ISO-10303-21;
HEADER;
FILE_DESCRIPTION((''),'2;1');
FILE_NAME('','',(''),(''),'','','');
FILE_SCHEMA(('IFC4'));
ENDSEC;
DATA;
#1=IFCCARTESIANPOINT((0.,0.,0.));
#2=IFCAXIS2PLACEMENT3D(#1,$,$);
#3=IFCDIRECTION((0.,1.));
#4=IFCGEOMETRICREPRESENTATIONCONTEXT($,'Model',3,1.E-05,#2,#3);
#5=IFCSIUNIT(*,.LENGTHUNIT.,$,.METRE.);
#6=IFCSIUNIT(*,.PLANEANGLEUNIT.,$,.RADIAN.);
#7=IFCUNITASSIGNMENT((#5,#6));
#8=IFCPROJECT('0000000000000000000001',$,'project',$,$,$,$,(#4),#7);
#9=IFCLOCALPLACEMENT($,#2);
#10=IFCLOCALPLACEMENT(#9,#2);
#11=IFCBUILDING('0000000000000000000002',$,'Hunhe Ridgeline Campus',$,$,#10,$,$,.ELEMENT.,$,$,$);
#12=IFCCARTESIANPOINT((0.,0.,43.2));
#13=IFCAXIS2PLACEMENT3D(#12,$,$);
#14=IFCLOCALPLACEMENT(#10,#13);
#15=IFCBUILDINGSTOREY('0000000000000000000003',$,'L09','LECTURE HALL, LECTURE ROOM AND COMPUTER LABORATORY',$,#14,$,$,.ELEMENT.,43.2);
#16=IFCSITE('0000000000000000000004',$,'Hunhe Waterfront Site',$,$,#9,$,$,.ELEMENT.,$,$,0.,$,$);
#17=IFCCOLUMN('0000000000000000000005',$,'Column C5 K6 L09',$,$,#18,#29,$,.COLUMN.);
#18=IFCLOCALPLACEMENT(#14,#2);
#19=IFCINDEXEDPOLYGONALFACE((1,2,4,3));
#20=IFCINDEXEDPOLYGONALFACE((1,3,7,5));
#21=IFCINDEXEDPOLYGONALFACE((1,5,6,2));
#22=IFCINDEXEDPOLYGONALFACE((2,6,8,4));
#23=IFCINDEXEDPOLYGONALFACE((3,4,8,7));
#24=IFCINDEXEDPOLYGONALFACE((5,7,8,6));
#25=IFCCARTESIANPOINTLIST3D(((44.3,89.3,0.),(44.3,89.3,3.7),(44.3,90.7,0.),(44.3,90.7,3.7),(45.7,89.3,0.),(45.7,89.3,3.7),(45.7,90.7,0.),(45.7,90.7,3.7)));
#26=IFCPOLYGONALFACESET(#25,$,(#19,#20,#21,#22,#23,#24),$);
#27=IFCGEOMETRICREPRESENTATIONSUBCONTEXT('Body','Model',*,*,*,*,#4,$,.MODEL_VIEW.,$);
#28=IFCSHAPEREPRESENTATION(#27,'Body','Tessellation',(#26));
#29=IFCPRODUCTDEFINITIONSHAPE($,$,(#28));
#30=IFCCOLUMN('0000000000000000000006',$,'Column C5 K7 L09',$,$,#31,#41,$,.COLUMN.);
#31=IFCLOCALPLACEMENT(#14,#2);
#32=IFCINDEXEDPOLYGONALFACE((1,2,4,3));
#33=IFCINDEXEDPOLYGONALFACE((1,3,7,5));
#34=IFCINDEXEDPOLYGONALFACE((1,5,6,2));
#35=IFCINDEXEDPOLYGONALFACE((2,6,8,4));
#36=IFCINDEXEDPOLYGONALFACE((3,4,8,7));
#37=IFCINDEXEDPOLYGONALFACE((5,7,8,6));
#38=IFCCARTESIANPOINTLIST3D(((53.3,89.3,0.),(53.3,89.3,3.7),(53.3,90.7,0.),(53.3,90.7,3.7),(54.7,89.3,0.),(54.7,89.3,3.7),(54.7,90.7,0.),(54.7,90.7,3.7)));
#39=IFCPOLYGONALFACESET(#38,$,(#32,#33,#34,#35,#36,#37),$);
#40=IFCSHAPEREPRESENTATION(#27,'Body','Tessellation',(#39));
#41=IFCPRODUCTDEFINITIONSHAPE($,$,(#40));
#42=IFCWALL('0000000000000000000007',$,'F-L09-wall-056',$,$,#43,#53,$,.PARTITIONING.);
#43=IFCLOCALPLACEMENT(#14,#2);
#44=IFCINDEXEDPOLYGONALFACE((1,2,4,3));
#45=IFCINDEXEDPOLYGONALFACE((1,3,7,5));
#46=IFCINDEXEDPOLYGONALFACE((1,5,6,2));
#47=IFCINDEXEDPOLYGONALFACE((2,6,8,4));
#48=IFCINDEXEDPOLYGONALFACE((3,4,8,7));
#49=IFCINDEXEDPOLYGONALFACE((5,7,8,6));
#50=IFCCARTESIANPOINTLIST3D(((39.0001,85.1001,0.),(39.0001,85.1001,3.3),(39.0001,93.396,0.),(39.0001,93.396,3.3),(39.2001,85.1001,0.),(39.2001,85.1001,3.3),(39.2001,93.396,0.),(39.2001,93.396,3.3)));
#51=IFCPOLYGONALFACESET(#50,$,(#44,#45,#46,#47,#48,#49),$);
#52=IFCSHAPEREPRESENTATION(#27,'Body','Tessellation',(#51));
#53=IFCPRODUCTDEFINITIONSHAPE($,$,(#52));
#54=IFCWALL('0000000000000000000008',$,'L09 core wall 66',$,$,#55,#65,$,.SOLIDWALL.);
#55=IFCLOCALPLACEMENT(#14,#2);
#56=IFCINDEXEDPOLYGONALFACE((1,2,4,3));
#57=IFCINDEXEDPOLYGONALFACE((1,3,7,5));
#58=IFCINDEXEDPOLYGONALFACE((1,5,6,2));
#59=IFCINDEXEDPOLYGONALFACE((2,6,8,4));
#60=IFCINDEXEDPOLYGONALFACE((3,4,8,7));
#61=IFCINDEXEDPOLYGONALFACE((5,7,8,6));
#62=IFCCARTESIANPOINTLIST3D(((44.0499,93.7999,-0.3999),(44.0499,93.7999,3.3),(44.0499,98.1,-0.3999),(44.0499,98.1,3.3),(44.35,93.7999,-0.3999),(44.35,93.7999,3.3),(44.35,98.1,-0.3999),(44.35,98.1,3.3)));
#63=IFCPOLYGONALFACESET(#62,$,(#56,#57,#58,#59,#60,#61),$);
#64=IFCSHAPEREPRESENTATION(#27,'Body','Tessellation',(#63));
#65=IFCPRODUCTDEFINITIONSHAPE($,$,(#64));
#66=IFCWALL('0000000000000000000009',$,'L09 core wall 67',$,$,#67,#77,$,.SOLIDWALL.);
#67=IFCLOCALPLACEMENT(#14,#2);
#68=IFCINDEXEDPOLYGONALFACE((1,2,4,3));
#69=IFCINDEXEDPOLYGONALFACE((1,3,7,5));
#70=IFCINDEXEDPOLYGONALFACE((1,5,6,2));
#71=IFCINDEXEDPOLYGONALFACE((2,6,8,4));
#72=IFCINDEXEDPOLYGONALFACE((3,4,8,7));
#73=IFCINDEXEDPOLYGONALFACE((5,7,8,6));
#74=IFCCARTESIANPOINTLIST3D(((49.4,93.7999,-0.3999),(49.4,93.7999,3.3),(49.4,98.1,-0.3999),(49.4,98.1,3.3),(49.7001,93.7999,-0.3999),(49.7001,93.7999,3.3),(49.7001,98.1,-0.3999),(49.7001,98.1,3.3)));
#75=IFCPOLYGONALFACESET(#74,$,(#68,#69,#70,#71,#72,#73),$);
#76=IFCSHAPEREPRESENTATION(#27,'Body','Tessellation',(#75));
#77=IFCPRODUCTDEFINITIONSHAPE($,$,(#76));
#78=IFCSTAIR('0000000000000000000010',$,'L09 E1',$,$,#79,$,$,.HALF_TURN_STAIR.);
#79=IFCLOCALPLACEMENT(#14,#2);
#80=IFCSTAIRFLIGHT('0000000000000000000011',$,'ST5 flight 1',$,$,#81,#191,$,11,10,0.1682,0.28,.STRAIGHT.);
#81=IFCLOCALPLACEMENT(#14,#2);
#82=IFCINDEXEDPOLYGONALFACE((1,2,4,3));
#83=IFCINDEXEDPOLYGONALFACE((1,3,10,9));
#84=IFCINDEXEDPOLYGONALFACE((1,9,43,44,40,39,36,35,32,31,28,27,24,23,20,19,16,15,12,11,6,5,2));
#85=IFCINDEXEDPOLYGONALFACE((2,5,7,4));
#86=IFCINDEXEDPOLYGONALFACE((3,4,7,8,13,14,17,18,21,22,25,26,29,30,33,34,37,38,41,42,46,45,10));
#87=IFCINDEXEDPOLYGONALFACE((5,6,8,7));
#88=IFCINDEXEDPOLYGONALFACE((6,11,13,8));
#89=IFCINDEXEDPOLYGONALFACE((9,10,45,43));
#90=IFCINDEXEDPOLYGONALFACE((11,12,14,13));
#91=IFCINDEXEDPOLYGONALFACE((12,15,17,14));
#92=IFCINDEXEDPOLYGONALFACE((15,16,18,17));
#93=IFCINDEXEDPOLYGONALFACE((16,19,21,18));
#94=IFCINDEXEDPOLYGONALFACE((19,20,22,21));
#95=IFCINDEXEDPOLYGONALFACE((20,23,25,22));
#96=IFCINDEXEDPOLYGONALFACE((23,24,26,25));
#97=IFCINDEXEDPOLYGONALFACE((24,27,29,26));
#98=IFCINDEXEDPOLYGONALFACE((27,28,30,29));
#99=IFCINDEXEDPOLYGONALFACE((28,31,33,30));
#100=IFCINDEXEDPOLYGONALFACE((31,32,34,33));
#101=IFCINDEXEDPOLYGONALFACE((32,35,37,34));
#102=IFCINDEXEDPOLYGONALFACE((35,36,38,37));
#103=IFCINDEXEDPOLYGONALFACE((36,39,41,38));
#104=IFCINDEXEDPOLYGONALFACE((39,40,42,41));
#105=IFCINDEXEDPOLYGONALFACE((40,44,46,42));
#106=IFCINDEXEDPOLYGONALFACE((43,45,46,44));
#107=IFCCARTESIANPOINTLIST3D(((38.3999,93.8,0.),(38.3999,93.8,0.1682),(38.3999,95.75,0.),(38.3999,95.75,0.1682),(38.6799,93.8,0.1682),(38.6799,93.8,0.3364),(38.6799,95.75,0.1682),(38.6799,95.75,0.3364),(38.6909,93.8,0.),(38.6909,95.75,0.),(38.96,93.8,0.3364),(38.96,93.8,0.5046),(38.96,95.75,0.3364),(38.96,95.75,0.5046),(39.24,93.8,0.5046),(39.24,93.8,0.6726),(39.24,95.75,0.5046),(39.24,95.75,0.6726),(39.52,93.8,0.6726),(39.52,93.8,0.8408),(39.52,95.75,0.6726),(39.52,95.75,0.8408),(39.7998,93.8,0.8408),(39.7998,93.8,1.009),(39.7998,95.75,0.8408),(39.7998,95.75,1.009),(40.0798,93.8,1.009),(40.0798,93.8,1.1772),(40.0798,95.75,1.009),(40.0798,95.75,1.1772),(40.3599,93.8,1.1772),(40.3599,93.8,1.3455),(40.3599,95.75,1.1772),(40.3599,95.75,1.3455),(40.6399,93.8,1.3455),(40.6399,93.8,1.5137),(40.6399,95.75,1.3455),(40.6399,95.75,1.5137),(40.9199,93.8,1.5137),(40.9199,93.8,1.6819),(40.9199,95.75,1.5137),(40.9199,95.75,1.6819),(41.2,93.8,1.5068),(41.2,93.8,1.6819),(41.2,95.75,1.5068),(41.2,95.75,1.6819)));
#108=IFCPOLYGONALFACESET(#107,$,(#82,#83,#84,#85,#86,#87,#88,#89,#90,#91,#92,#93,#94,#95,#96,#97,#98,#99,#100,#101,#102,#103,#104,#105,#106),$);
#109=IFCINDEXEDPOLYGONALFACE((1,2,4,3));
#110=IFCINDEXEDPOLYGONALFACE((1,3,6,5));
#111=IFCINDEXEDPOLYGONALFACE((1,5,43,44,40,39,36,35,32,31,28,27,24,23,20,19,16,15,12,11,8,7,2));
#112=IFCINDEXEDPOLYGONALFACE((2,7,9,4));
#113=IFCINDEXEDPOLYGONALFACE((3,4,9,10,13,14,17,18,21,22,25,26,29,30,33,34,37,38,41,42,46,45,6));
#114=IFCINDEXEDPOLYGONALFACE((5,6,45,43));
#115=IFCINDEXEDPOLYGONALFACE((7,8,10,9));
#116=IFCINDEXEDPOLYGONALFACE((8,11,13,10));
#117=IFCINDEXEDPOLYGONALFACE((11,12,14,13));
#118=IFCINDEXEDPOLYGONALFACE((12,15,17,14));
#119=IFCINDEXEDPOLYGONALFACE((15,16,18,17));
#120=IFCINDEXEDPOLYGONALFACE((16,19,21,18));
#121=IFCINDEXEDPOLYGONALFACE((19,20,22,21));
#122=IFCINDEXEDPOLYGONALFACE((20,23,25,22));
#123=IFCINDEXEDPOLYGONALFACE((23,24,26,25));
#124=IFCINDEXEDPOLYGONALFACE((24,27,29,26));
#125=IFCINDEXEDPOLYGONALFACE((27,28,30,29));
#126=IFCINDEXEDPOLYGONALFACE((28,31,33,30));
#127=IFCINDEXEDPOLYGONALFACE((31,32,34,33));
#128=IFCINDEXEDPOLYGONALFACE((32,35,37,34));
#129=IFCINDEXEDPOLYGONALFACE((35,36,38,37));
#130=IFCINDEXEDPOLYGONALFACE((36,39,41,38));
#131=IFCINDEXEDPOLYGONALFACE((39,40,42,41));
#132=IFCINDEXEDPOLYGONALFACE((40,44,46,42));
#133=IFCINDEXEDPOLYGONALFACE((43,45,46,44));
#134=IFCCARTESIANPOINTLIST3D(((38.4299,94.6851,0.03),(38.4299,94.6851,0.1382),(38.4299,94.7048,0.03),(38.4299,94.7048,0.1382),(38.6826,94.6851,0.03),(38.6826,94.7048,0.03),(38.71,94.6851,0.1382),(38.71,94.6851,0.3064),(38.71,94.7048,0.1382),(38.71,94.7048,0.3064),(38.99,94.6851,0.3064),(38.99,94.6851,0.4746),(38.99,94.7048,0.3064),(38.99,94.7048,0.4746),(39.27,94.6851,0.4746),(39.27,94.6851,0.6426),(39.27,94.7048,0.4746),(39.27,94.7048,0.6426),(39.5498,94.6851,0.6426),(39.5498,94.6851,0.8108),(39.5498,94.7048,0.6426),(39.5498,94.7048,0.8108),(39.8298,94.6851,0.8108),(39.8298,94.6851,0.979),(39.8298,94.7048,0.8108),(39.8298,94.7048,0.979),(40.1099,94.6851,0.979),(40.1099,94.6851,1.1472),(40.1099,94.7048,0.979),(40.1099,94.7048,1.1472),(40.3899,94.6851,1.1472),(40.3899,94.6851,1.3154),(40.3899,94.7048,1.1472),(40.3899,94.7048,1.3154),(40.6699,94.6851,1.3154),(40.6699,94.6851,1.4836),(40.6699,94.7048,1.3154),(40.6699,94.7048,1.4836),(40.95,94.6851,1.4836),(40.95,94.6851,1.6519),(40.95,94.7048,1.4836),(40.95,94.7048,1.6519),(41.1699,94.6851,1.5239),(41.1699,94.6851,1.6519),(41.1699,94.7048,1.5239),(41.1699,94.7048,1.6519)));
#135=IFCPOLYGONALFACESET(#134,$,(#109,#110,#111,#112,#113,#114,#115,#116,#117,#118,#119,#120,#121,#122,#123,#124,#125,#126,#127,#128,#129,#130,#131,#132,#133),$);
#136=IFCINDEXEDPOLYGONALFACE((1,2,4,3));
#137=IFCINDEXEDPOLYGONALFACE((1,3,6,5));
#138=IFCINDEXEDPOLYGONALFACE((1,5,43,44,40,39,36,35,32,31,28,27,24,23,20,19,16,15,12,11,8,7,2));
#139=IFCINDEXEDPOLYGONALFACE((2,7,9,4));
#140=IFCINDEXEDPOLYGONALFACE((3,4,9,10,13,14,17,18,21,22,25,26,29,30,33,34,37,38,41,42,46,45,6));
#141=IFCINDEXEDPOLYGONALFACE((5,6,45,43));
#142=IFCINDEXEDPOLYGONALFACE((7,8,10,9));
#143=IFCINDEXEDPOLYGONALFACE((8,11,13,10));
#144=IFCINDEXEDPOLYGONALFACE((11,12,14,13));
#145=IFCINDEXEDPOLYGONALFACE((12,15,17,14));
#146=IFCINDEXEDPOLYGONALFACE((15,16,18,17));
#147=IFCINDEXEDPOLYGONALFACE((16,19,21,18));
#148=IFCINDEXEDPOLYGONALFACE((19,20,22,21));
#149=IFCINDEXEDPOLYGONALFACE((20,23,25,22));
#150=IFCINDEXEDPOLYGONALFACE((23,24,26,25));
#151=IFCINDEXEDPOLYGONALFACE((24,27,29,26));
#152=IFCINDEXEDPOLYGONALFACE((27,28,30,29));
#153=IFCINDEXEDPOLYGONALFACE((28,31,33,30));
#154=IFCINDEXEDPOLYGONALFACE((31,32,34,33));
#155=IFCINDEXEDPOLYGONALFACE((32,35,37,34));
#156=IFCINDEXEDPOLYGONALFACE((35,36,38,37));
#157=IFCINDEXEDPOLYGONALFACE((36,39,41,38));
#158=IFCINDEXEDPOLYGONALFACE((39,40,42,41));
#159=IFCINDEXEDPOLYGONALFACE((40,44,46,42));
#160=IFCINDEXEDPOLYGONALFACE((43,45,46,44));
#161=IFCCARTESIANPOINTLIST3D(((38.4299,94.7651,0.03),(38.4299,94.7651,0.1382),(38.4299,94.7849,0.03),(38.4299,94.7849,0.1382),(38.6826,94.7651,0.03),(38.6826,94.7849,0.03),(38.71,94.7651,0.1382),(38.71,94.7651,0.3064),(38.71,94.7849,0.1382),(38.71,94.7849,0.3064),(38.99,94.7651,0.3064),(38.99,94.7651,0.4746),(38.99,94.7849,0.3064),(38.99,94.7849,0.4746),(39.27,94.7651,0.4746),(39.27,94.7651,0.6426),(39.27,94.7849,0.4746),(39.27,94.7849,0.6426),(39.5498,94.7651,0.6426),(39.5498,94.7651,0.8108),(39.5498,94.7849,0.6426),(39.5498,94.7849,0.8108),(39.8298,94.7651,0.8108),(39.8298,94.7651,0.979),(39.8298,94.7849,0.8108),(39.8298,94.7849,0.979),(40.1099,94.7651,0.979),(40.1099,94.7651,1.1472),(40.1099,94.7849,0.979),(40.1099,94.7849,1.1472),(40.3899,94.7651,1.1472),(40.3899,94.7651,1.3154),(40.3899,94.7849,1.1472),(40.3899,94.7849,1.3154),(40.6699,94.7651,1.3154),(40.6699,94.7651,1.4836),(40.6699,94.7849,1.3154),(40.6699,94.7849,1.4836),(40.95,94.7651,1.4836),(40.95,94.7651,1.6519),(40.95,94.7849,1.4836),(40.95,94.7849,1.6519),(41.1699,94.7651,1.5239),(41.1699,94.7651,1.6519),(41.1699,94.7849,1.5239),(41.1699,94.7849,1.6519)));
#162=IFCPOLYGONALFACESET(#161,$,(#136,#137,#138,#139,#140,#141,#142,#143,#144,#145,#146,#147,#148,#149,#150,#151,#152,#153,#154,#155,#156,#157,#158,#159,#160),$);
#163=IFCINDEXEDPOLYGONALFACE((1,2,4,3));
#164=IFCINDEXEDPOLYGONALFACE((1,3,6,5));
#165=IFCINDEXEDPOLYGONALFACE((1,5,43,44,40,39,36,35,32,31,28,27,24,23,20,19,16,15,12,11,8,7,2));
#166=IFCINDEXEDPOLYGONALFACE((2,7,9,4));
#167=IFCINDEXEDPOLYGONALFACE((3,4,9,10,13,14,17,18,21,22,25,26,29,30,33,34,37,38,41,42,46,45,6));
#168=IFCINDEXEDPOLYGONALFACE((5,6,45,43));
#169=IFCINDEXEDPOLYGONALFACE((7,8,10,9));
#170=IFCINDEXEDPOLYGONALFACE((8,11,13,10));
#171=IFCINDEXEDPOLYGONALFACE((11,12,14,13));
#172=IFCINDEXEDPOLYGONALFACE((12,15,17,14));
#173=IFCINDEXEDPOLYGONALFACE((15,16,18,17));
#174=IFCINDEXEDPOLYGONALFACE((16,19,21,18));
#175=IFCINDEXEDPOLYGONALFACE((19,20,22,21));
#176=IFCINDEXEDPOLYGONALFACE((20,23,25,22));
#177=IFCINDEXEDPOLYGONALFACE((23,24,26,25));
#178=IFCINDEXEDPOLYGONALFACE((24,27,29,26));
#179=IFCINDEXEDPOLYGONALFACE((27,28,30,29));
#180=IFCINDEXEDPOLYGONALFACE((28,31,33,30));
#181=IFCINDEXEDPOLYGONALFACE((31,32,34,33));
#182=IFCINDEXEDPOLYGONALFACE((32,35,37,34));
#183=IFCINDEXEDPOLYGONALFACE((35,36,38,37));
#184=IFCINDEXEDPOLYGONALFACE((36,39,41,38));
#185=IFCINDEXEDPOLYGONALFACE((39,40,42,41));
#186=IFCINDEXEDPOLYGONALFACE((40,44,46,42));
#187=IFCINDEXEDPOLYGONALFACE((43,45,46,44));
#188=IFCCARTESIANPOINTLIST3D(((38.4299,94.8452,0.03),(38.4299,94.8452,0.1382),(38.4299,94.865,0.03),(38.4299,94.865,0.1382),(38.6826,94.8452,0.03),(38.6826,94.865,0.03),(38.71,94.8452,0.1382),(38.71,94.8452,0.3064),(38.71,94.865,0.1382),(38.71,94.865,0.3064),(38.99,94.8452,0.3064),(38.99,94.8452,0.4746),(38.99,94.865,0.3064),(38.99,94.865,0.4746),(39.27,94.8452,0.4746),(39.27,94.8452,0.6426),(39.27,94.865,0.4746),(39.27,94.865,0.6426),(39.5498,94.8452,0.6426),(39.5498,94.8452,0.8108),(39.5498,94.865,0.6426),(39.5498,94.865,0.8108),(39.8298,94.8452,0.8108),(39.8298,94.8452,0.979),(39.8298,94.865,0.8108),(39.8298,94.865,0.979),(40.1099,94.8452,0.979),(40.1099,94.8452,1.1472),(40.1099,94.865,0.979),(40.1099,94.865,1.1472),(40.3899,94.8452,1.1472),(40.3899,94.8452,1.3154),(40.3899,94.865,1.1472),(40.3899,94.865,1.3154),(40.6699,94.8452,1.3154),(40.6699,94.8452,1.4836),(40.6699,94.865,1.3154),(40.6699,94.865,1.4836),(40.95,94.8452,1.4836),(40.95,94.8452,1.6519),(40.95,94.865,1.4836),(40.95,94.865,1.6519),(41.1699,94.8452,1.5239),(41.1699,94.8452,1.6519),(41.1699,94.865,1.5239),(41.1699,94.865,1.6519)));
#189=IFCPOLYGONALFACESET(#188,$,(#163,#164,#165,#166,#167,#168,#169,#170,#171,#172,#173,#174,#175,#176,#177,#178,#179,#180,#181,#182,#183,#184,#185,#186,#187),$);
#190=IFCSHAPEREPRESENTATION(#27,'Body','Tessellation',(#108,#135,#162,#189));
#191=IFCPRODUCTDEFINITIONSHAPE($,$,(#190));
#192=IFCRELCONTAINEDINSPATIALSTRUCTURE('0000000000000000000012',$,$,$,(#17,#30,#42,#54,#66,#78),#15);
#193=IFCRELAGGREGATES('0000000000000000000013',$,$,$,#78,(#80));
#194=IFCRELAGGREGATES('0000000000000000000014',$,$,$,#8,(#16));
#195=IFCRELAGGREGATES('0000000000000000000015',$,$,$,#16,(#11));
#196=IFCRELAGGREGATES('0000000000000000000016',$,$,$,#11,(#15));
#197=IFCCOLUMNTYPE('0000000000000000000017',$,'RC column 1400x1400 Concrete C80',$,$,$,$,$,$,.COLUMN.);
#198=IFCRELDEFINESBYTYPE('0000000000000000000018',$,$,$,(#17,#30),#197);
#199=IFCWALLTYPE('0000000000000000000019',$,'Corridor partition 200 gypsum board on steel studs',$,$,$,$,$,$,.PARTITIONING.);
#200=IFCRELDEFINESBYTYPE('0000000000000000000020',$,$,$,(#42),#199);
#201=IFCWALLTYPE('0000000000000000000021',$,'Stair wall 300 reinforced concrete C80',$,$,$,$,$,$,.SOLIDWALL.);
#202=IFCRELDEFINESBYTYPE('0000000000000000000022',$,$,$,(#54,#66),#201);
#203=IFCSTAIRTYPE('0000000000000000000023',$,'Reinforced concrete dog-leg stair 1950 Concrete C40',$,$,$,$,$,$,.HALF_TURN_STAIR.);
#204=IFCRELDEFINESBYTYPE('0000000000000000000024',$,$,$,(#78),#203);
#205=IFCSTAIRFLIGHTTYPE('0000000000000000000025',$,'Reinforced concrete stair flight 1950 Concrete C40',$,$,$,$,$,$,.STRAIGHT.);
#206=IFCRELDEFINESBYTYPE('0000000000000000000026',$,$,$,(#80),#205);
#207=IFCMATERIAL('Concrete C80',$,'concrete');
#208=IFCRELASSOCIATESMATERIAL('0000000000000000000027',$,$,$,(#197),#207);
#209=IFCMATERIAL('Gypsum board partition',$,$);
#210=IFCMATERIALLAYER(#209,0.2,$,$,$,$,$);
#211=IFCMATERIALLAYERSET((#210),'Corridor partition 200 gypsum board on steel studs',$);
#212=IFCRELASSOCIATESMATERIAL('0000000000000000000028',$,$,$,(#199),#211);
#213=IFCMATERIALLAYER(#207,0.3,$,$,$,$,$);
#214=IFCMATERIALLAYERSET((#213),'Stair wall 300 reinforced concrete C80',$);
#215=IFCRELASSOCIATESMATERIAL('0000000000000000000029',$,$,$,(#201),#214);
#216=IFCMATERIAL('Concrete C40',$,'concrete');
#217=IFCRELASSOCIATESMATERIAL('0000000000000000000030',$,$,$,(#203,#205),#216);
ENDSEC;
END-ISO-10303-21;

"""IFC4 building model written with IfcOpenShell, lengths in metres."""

from ifc_helpers import new_model, si_unit, direction, frame, frame_2d, origin, origin_2d, place, context, subcontext, project, spatial, polyline, rectangle, outline, extrude, material, layer, layer_set, material_profile, profile_set, type_object, element, aggregate, save


model = new_model("IFC4")

# Units and contexts
model_context = context("Model", 3, precision=1e-05, world=origin(), true_north=direction((0.0, 1.0)))
body_context = subcontext(model_context, "Body", "Model", "MODEL_VIEW")
ifc_project = project(units=[si_unit("LENGTHUNIT", "METRE"), si_unit("PLANEANGLEUNIT", "RADIAN")], contexts=[model_context])

# Site, building, storey
site_placement = place(None, origin())
site = spatial("IfcSite", under=ifc_project, at=site_placement, Name="Hunhe Waterfront Site", CompositionType="ELEMENT", RefElevation=0.0)
building_placement = place(site_placement, origin())
building = spatial("IfcBuilding", under=site, at=building_placement, Name="Hunhe Ridgeline Campus", CompositionType="ELEMENT")
storey_placement = place(building_placement, frame((0.0, 0.0, 43.2)))
storey = spatial("IfcBuildingStorey", under=building, at=storey_placement, Name="L09", Description="LECTURE HALL, LECTURE ROOM AND COMPUTER LABORATORY", CompositionType="ELEMENT", Elevation=43.2)

# Columns
ifc_material_1 = material(Name="Concrete C80", Category="concrete")
ifc_material_profile = material_profile(ifc_material_1, rectangle(XDim=1.3999, YDim=1.3999, at=origin_2d()))
ifc_profile_set = profile_set([ifc_material_profile], Name="Concrete C80")
column_type = type_object("IfcColumnType", Name="RC column 1400x1400 Concrete C80", PredefinedType="COLUMN", material=ifc_profile_set)
for number, where, z_axis, x_axis, name in (
    (1, (45.0, 90.0, 0.0), (0.0, 0.0, 1.0), (1.0, 0.0, 0.0), "Column C5 K6 L09"),
    (2, (54.0, 90.0, 0.0), (0.0, 0.0, 1.0), (1.0, 0.0, 0.0), "Column C5 K7 L09"),
):
    element("IfcColumn", number, at=place(storey_placement, frame(where, z_axis=z_axis, x_axis=x_axis)), inside=storey, type_object=column_type, Name=name, PredefinedType="COLUMN", context=body_context, shape_type="SweptSolid", body=[
        extrude(rectangle(XDim=1.3999, YDim=1.3999, at=origin_2d()), origin(), (0.0, 0.0, 1.0), 3.7),
    ])

# Wall
ifc_material_2 = material(Name="Gypsum board partition")
ifc_layer_1 = layer(ifc_material_2, 0.2)
ifc_layer_set_1 = layer_set([ifc_layer_1], Name="Corridor partition 200 gypsum board on steel studs")
wall_type_1 = type_object("IfcWallType", Name="Corridor partition 200 gypsum board on steel studs", PredefinedType="PARTITIONING", material=ifc_layer_set_1)
wall_1_placement = place(storey_placement, frame((39.1001, 93.396, 0.0), z_axis=(0.0, 0.0, 1.0), x_axis=(0.0, -1.0, 0.0)))
element("IfcWall", 3, at=wall_1_placement, inside=storey, type_object=wall_type_1, Name="F-L09-wall-056", PredefinedType="PARTITIONING", context=body_context, shape_type="SweptSolid", body=[
    extrude(rectangle(XDim=8.2959, YDim=0.2, at=frame_2d((4.1479, 0.0))), origin(), (0.0, 0.0, 1.0), 3.3),
])

# Shared definitions
ifc_layer_2 = layer(ifc_material_1, 0.3)
ifc_layer_set_2 = layer_set([ifc_layer_2], Name="Stair wall 300 reinforced concrete C80")
wall_type_2 = type_object("IfcWallType", Name="Stair wall 300 reinforced concrete C80", PredefinedType="SOLIDWALL", material=ifc_layer_set_2)

# Walls
for number, where, z_axis, x_axis, name in (
    (4, (44.2, 93.8, -0.3999), (0.0, 0.0, 1.0), (0.0, 1.0, 0.0), "L09 core wall 66"),
    (5, (49.55, 93.8, -0.3999), (0.0, 0.0, 1.0), (0.0, 1.0, 0.0), "L09 core wall 67"),
):
    element("IfcWall", number, at=place(storey_placement, frame(where, z_axis=z_axis, x_axis=x_axis)), inside=storey, type_object=wall_type_2, Name=name, PredefinedType="SOLIDWALL", context=body_context, shape_type="SweptSolid", body=[
        extrude(rectangle(XDim=4.3, YDim=0.3, at=frame_2d((2.1499, 0.0))), origin(), (0.0, 0.0, 1.0), 3.7),
    ])

# Stair, stair flight
ifc_material_3 = material(Name="Concrete C40", Category="concrete")
stair_type = type_object("IfcStairType", Name="Reinforced concrete dog-leg stair 1950 Concrete C40", PredefinedType="HALF_TURN_STAIR", material=ifc_material_3)
stair_1_placement = place(storey_placement, origin())
stair_1 = element("IfcStair", 6, at=stair_1_placement, inside=storey, type_object=stair_type, Name="L09 E1", PredefinedType="HALF_TURN_STAIR")
stair_flight_type = type_object("IfcStairFlightType", Name="Reinforced concrete stair flight 1950 Concrete C40", PredefinedType="STRAIGHT", material=ifc_material_3)
stair_flight_1_placement = place(storey_placement, frame((38.3999, 94.7749, 0.0), z_axis=(0.0, 0.0, 1.0), x_axis=(1.0, 0.0, 0.0)))
stair_flight_1 = element("IfcStairFlight", 7, at=stair_flight_1_placement, type_object=stair_flight_type, Name="ST5 flight 1", NumberOfRisers=11, NumberOfTreads=10, PredefinedType="STRAIGHT", RiserHeight=0.1682, TreadLength=0.28, context=body_context, shape_type="SweptSolid", body=[
    extrude(outline(polyline([(0.0, 0.0), (0.0, 0.1682), (0.28, 0.1682), (0.28, 0.3364), (0.5601, 0.3364), (0.5601, 0.5046), (0.8401, 0.5046), (0.8401, 0.6726), (1.1201, 0.6726), (1.1201, 0.8408), (1.3999, 0.8408), (1.3999, 1.009), (1.6799, 1.009), (1.6799, 1.1772), (1.96, 1.1772), (1.96, 1.3455), (2.24, 1.3455), (2.24, 1.5137), (2.52, 1.5137), (2.52, 1.6819), (2.8, 1.6819), (2.8, 1.8501), (2.8, 1.5068), (0.291, 0.0), (0.0, 0.0)])), frame((0.0, 0.9751, 0.0), z_axis=(0.0, -1.0, 0.0), x_axis=(1.0, 0.0, 0.0)), (0.0, 0.0, 1.0), 1.95),
    extrude(outline(polyline([(0.03, 0.03), (0.03, 0.1382), (0.3101, 0.1382), (0.3101, 0.3064), (0.5901, 0.3064), (0.5901, 0.4746), (0.8701, 0.4746), (0.8701, 0.6426), (1.1499, 0.6426), (1.1499, 0.8108), (1.4299, 0.8108), (1.4299, 0.979), (1.71, 0.979), (1.71, 1.1472), (1.99, 1.1472), (1.99, 1.3154), (2.27, 1.3154), (2.27, 1.4836), (2.55, 1.4836), (2.55, 1.6519), (2.77, 1.6519), (2.77, 1.5239), (0.2827, 0.03), (0.03, 0.03)])), frame((0.0, -0.0701, 0.0), z_axis=(0.0, -1.0, 0.0), x_axis=(1.0, 0.0, 0.0)), (0.0, 0.0, 1.0), 0.0198),
    extrude(outline(polyline([(0.03, 0.03), (0.03, 0.1382), (0.3101, 0.1382), (0.3101, 0.3064), (0.5901, 0.3064), (0.5901, 0.4746), (0.8701, 0.4746), (0.8701, 0.6426), (1.1499, 0.6426), (1.1499, 0.8108), (1.4299, 0.8108), (1.4299, 0.979), (1.71, 0.979), (1.71, 1.1472), (1.99, 1.1472), (1.99, 1.3154), (2.27, 1.3154), (2.27, 1.4836), (2.55, 1.4836), (2.55, 1.6519), (2.77, 1.6519), (2.77, 1.5239), (0.2827, 0.03), (0.03, 0.03)])), frame((0.0, 0.01, 0.0), z_axis=(0.0, -1.0, 0.0), x_axis=(1.0, 0.0, 0.0)), (0.0, 0.0, 1.0), 0.0198),
    extrude(outline(polyline([(0.03, 0.03), (0.03, 0.1382), (0.3101, 0.1382), (0.3101, 0.3064), (0.5901, 0.3064), (0.5901, 0.4746), (0.8701, 0.4746), (0.8701, 0.6426), (1.1499, 0.6426), (1.1499, 0.8108), (1.4299, 0.8108), (1.4299, 0.979), (1.71, 0.979), (1.71, 1.1472), (1.99, 1.1472), (1.99, 1.3154), (2.27, 1.3154), (2.27, 1.4836), (2.55, 1.4836), (2.55, 1.6519), (2.77, 1.6519), (2.77, 1.5239), (0.2827, 0.03), (0.03, 0.03)])), frame((0.0, 0.0901, 0.0), z_axis=(0.0, -1.0, 0.0), x_axis=(1.0, 0.0, 0.0)), (0.0, 0.0, 1.0), 0.0198),
])
aggregate(stair_1, [stair_flight_1])

save(model, "model.ifc")
